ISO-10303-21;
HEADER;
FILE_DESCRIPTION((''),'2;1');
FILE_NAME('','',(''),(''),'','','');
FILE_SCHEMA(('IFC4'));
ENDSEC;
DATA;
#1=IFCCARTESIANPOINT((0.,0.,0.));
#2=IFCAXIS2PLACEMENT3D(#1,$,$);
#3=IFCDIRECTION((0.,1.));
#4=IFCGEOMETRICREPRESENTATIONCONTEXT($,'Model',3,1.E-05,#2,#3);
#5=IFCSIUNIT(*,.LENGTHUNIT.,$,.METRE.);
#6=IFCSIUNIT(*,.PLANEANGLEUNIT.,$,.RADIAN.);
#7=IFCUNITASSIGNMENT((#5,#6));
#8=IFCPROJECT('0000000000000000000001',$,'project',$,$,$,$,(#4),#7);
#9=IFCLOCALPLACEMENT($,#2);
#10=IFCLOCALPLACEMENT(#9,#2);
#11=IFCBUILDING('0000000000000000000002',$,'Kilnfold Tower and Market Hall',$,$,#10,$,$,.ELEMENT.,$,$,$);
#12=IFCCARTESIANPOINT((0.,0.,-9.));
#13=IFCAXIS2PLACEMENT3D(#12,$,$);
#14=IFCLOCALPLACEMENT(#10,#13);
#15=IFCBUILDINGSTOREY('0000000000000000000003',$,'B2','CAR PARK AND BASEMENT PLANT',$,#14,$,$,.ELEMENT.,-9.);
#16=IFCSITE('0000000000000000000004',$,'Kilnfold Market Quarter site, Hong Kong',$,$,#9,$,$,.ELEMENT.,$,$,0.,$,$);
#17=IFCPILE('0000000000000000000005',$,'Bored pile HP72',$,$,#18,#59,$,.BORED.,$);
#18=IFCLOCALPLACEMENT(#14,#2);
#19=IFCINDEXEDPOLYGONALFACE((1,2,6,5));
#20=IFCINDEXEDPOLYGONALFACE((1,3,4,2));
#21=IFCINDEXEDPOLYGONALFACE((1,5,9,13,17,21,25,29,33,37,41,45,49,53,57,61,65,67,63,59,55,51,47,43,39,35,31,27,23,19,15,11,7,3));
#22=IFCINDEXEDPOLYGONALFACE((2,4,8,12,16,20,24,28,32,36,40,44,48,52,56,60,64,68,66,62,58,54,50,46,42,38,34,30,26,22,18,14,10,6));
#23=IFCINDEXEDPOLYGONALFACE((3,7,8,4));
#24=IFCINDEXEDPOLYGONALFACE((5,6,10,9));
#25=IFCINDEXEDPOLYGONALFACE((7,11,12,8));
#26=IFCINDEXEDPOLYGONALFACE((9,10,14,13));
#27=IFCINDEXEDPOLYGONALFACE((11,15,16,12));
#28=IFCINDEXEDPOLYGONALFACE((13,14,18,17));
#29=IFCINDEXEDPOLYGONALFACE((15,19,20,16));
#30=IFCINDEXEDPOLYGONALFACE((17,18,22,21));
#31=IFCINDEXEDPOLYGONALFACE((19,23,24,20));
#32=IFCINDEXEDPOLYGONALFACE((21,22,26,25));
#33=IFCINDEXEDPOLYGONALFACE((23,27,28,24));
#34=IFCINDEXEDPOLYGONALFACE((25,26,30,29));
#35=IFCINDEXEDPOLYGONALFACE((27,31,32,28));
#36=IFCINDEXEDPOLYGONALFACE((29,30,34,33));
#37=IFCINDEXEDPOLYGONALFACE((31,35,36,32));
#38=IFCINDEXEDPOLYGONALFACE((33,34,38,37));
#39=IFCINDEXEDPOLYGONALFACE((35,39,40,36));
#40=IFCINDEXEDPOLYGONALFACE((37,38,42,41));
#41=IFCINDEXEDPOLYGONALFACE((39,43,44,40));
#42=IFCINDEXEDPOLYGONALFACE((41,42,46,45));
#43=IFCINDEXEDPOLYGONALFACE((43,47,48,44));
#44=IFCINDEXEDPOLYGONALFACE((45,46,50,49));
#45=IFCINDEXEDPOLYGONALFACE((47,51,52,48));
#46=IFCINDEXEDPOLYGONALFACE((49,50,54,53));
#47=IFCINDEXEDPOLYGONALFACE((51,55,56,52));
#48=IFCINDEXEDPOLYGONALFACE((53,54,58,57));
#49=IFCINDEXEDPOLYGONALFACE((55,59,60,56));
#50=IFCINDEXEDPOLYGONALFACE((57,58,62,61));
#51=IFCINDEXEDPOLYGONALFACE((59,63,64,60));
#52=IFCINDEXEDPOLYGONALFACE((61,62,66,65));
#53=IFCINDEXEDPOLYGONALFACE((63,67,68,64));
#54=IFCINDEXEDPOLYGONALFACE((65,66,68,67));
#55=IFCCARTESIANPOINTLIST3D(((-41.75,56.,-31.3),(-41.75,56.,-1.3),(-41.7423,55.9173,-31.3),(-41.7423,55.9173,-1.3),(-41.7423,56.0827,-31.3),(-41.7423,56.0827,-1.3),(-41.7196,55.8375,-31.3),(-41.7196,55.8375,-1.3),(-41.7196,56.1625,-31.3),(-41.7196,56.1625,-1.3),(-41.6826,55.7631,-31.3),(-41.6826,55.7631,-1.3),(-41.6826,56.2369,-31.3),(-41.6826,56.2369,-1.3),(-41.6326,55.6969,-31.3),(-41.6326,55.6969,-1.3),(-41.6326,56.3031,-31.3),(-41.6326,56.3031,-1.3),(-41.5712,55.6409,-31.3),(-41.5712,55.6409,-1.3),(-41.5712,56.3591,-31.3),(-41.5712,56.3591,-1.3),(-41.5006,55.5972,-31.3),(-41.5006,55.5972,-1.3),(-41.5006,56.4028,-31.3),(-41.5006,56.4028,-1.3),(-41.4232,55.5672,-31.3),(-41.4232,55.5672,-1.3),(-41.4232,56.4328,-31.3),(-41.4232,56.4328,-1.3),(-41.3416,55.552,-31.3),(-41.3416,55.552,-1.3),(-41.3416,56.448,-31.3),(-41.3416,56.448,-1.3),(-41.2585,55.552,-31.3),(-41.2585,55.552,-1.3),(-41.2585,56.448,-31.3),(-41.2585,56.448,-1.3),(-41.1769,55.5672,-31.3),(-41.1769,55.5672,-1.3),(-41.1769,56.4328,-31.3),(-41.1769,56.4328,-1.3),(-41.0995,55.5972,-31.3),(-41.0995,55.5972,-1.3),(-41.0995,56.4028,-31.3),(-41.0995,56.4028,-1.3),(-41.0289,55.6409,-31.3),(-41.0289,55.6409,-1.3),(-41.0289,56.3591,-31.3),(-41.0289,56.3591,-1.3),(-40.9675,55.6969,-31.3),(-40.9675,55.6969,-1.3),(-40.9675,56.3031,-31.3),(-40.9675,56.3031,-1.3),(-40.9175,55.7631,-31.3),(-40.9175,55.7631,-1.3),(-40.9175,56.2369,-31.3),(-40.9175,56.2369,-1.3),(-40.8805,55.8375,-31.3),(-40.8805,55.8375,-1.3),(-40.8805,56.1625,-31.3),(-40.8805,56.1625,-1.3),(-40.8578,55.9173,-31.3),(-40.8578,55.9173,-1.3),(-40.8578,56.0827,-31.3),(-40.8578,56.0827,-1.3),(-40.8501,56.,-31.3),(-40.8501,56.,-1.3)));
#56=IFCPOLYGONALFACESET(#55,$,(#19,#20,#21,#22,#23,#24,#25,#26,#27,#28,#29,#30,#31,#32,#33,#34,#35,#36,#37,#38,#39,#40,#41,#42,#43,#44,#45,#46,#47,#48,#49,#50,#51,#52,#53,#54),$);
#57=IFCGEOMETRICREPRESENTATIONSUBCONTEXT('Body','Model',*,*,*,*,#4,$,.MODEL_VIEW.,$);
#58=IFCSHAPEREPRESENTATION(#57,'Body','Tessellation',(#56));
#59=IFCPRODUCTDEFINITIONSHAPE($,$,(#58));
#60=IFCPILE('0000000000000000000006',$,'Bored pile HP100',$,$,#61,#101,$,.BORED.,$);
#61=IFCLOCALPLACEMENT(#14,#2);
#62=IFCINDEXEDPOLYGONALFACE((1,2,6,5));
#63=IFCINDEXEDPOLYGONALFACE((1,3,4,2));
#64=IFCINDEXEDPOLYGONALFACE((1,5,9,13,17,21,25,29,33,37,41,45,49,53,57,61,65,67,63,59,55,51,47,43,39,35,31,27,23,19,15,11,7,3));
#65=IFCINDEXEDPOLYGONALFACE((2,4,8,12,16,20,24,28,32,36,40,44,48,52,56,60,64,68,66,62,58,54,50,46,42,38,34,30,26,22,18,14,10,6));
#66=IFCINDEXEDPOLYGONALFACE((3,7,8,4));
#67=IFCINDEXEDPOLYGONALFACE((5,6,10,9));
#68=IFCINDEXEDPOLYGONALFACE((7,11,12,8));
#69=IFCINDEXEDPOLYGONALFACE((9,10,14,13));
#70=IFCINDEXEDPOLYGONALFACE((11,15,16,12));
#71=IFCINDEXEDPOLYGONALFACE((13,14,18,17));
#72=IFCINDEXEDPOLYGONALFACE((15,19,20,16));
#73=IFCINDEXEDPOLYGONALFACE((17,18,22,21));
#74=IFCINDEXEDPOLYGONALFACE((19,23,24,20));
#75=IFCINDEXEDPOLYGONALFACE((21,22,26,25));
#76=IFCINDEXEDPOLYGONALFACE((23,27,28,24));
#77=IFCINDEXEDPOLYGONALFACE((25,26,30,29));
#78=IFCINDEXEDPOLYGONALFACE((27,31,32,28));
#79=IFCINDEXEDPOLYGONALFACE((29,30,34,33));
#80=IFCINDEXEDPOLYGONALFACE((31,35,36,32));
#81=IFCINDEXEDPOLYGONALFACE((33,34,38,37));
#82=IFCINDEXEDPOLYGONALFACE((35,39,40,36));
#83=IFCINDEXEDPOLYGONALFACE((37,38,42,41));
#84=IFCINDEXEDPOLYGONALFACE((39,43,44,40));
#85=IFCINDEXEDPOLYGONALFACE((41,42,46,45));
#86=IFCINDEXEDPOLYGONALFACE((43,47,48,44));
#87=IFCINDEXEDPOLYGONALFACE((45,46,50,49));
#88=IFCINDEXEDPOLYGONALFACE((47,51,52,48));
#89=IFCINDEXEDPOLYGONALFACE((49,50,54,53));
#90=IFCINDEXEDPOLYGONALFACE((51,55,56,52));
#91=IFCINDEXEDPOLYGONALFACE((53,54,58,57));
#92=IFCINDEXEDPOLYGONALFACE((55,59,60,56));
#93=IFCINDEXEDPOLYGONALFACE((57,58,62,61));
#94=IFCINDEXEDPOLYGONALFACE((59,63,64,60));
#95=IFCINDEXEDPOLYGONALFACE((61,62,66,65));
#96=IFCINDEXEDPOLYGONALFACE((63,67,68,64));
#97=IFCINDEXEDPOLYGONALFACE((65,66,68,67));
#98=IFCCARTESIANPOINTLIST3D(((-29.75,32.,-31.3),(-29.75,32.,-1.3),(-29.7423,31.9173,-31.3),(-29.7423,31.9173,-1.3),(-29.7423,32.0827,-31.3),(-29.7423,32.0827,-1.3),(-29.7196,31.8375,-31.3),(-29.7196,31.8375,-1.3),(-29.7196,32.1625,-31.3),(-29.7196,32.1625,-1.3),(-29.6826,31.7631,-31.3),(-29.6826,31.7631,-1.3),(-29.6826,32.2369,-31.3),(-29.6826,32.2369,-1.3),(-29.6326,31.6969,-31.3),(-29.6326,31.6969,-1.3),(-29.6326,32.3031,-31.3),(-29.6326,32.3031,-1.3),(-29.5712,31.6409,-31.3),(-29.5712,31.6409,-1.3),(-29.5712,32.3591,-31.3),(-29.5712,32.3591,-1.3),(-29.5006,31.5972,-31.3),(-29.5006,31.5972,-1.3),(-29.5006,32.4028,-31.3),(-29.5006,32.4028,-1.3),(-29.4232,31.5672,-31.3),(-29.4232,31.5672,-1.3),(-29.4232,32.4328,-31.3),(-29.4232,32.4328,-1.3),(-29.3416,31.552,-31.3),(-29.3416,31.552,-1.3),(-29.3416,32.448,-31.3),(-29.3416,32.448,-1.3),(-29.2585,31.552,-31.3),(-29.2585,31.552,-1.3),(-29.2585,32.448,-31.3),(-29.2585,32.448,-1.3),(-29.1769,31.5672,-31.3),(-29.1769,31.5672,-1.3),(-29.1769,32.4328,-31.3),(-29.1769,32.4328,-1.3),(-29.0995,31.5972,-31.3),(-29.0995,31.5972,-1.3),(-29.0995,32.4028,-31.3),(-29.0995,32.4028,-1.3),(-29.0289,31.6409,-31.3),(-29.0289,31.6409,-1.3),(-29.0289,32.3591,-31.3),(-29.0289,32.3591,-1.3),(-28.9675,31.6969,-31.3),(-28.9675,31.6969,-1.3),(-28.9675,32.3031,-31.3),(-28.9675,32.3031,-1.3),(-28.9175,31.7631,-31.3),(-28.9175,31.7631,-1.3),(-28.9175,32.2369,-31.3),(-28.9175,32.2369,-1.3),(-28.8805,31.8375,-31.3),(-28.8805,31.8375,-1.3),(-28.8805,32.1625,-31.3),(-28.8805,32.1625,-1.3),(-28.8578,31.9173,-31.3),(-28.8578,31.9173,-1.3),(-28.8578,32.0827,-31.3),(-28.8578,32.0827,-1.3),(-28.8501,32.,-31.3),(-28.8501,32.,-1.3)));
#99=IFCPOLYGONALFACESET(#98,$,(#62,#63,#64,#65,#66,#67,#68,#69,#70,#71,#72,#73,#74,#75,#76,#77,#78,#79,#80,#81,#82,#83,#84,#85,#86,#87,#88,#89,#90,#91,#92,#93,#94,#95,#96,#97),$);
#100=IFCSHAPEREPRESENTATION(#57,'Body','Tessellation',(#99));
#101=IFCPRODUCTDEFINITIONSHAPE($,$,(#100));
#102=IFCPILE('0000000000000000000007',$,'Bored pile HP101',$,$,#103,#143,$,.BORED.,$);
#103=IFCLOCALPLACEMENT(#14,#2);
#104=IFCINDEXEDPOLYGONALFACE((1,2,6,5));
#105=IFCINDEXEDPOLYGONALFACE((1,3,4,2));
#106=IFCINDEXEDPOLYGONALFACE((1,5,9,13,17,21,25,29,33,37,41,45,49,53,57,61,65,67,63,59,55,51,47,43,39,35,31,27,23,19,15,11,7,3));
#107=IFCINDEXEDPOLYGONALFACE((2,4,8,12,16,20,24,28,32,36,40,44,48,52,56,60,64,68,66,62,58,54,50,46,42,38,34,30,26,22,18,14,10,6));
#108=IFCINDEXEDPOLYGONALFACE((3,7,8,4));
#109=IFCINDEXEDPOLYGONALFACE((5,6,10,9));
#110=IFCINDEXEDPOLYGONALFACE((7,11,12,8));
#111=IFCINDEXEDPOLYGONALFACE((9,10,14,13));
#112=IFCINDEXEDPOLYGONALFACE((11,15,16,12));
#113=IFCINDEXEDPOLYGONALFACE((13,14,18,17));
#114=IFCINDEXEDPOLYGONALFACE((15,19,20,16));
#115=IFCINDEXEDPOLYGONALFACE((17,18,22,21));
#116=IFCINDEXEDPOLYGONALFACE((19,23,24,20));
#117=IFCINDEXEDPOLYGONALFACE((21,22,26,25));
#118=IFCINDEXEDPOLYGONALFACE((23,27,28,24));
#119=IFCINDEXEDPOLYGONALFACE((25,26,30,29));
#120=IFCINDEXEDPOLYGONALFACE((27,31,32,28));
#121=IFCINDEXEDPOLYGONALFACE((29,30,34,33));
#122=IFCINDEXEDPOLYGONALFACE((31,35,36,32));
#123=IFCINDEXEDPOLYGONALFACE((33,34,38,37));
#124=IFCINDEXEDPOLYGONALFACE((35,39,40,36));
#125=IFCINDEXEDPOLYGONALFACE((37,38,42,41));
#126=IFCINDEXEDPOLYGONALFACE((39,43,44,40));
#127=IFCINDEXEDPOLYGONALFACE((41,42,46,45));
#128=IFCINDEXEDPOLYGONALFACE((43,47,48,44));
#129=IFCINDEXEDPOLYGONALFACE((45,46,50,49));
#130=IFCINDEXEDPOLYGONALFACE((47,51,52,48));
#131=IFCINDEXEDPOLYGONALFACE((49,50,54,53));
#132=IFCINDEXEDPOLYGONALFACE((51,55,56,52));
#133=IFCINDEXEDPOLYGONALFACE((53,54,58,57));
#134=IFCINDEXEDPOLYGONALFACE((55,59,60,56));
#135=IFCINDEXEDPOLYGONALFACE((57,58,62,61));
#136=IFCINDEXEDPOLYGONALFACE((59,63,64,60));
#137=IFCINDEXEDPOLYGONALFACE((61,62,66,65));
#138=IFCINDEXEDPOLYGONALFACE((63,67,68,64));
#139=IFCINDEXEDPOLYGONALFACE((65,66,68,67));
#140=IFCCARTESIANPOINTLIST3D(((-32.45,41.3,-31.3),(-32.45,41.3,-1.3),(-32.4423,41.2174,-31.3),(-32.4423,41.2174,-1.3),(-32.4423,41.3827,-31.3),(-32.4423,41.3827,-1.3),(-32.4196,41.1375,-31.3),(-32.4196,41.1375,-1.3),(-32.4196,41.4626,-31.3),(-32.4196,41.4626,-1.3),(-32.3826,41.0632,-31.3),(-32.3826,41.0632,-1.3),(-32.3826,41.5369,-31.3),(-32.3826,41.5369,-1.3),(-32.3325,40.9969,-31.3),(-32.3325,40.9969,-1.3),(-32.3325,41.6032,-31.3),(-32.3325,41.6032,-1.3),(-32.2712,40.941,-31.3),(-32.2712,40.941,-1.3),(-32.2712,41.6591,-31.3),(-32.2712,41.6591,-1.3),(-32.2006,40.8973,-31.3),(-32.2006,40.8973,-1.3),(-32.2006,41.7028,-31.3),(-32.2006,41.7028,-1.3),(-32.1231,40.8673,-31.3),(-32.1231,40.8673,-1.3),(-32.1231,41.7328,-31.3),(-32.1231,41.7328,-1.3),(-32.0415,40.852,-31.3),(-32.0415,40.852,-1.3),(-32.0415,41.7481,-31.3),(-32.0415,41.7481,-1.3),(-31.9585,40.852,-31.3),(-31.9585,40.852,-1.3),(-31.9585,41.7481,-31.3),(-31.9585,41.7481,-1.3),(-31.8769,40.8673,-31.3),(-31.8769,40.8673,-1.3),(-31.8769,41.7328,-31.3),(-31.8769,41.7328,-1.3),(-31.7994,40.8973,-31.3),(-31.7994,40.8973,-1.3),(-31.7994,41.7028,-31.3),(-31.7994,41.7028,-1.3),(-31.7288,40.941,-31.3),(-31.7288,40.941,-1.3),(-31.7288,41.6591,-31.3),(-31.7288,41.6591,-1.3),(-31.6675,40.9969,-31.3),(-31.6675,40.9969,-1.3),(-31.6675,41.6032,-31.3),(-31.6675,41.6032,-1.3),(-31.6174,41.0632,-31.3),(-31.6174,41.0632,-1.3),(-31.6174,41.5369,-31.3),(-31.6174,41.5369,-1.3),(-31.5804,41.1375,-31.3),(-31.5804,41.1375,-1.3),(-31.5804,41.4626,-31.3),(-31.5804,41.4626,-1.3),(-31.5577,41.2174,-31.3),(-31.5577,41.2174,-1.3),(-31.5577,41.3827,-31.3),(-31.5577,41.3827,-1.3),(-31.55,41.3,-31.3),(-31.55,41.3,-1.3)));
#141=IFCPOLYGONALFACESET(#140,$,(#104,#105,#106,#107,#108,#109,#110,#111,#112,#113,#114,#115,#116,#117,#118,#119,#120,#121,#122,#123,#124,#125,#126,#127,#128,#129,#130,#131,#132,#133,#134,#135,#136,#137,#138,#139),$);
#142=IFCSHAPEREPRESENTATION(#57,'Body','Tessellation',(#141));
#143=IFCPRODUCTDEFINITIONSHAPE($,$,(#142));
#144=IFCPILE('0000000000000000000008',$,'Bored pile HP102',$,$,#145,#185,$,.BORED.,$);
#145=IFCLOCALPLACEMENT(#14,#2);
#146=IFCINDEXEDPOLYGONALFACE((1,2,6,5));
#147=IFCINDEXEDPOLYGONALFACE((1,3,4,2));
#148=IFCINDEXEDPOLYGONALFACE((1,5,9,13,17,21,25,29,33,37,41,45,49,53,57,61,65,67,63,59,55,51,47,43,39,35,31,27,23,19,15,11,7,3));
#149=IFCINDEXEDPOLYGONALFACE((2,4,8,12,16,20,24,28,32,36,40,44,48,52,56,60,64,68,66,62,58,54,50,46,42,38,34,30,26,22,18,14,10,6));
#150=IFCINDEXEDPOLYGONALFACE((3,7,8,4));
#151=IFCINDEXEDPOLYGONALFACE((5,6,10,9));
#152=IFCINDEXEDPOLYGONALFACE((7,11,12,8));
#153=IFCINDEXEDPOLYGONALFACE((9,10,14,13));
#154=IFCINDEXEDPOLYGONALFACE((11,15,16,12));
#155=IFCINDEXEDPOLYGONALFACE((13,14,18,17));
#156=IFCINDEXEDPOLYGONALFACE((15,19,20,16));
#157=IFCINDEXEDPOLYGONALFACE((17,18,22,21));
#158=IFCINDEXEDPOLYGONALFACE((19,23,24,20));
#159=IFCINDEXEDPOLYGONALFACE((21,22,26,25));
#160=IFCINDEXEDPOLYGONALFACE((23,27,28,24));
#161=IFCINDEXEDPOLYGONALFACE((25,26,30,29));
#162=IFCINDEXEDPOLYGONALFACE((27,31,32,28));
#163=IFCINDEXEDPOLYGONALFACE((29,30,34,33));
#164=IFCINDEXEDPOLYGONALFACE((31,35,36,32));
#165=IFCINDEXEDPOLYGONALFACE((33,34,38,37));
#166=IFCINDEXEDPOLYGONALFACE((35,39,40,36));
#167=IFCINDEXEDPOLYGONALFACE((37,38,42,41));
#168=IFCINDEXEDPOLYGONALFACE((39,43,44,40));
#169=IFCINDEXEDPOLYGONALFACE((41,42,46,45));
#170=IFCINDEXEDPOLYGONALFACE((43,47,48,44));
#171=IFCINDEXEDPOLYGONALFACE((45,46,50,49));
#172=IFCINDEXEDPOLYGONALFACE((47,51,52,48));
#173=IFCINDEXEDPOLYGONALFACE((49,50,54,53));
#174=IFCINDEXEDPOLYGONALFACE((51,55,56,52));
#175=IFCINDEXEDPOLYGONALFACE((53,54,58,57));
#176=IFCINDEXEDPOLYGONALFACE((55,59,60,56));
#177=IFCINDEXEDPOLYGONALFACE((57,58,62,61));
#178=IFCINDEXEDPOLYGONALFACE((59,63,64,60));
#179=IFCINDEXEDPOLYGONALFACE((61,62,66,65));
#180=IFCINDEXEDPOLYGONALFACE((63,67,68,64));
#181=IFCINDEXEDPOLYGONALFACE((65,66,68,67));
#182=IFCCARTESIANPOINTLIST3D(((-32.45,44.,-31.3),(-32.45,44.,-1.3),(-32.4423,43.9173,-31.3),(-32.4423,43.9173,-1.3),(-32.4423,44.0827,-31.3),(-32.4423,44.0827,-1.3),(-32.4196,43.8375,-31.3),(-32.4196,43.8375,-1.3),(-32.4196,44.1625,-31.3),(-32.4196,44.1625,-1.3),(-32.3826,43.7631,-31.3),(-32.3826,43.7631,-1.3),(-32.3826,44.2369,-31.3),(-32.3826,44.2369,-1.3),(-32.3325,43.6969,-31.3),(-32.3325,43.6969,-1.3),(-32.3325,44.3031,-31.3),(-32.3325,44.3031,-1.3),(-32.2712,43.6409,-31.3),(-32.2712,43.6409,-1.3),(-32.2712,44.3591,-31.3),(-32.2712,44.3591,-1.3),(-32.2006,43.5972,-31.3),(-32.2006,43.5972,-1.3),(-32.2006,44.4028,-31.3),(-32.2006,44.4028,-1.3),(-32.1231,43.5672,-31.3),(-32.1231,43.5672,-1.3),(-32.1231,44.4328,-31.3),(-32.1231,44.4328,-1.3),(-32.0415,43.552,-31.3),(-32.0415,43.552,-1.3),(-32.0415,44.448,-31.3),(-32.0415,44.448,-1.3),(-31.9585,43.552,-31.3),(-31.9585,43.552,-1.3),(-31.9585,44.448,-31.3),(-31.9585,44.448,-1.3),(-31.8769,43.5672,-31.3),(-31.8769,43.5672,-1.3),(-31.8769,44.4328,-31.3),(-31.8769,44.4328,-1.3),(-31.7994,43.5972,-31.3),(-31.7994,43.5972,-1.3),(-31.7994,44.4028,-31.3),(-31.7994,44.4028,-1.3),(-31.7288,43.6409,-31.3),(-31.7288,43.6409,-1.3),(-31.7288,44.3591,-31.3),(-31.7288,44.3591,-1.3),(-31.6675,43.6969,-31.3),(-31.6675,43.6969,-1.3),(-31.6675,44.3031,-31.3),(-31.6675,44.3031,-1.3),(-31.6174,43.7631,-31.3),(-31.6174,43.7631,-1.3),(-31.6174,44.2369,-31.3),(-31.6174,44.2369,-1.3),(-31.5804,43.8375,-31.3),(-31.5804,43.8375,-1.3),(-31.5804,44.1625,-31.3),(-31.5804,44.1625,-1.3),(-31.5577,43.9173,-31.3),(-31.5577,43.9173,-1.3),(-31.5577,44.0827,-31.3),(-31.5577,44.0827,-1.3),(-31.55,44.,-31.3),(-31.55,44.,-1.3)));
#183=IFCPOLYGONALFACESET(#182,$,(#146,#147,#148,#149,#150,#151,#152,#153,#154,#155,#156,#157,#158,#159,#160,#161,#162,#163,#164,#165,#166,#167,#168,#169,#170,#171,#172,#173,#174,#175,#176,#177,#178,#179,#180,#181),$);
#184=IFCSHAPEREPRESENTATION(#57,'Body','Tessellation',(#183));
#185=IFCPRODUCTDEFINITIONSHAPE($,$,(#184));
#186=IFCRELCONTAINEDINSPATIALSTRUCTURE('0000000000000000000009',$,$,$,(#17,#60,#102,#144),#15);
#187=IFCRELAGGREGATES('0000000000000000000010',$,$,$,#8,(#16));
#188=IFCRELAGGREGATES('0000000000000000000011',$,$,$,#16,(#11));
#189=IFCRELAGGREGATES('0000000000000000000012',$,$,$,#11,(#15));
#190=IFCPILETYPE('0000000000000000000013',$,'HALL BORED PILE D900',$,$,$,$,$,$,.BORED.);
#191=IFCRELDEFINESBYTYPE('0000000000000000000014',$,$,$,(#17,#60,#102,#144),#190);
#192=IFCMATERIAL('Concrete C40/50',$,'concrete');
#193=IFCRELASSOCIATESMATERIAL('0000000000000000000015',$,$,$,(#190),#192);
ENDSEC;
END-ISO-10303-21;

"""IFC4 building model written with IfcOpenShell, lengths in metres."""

from ifc_helpers import new_model, si_unit, direction, frame, origin, origin_2d, place, context, subcontext, project, spatial, circle, extrude, source, transform, mapped, material, material_profile, profile_set, type_object, element, save


model = new_model("IFC4")

# Units and contexts
model_context = context("Model", 3, precision=1e-05, world=origin(), true_north=direction((0.0, 1.0)))
body_context = subcontext(model_context, "Body", "Model", "MODEL_VIEW")
ifc_project = project(units=[si_unit("LENGTHUNIT", "METRE"), si_unit("PLANEANGLEUNIT", "RADIAN")], contexts=[model_context])

# Site, building, storey
site_placement = place(None, origin())
site = spatial("IfcSite", under=ifc_project, at=site_placement, Name="Kilnfold Market Quarter site, Hong Kong", CompositionType="ELEMENT", RefElevation=0.0)
building_placement = place(site_placement, origin())
building = spatial("IfcBuilding", under=site, at=building_placement, Name="Kilnfold Tower and Market Hall", CompositionType="ELEMENT")
storey_placement = place(building_placement, frame((0.0, 0.0, -9.0)))
storey = spatial("IfcBuildingStorey", under=building, at=storey_placement, Name="B2", Description="CAR PARK AND BASEMENT PLANT", CompositionType="ELEMENT", Elevation=-9.0)

# Piles
ifc_material_1 = material(Name="Concrete C40/50", Category="concrete")
ifc_material_profile_1 = material_profile(ifc_material_1, circle(Radius=0.45, at=origin_2d()), Name="D900")
ifc_profile_set_1 = profile_set([ifc_material_profile_1], Name="Concrete C40/50")
pile_type = type_object("IfcPileType", Name="HALL BORED PILE D900", PredefinedType="BORED", material=ifc_profile_set_1)
shared_shape_1 = source(origin(), body_context, "Body", "SweptSolid", [
    extrude(circle(Radius=0.45, at=origin_2d()), origin(), (0.0, 0.0, 1.0), 30.0),
])
for number, where, z_axis, x_axis, name in (
    (1, (-41.3, 56.0, -1.3), (0.0, 0.0, -1.0), (1.0, 0.0, 0.0), "Bored pile HP72"),
    (2, (-29.3, 32.0, -1.3), (0.0, 0.0, -1.0), (1.0, 0.0, 0.0), "Bored pile HP100"),
    (3, (-32.0, 41.3, -1.3), (0.0, 0.0, -1.0), (1.0, 0.0, 0.0), "Bored pile HP101"),
    (4, (-32.0, 44.0, -1.3), (0.0, 0.0, -1.0), (1.0, 0.0, 0.0), "Bored pile HP102"),
):
    element("IfcPile", number, at=place(storey_placement, frame(where, z_axis=z_axis, x_axis=x_axis)), inside=storey, type_object=pile_type, Name=name, PredefinedType="BORED", context=body_context, shape_type="MappedRepresentation", body=[
        mapped(shared_shape_1, transform((0.0, 0.0, 0.0))),
    ])

save(model, "model.ifc")
